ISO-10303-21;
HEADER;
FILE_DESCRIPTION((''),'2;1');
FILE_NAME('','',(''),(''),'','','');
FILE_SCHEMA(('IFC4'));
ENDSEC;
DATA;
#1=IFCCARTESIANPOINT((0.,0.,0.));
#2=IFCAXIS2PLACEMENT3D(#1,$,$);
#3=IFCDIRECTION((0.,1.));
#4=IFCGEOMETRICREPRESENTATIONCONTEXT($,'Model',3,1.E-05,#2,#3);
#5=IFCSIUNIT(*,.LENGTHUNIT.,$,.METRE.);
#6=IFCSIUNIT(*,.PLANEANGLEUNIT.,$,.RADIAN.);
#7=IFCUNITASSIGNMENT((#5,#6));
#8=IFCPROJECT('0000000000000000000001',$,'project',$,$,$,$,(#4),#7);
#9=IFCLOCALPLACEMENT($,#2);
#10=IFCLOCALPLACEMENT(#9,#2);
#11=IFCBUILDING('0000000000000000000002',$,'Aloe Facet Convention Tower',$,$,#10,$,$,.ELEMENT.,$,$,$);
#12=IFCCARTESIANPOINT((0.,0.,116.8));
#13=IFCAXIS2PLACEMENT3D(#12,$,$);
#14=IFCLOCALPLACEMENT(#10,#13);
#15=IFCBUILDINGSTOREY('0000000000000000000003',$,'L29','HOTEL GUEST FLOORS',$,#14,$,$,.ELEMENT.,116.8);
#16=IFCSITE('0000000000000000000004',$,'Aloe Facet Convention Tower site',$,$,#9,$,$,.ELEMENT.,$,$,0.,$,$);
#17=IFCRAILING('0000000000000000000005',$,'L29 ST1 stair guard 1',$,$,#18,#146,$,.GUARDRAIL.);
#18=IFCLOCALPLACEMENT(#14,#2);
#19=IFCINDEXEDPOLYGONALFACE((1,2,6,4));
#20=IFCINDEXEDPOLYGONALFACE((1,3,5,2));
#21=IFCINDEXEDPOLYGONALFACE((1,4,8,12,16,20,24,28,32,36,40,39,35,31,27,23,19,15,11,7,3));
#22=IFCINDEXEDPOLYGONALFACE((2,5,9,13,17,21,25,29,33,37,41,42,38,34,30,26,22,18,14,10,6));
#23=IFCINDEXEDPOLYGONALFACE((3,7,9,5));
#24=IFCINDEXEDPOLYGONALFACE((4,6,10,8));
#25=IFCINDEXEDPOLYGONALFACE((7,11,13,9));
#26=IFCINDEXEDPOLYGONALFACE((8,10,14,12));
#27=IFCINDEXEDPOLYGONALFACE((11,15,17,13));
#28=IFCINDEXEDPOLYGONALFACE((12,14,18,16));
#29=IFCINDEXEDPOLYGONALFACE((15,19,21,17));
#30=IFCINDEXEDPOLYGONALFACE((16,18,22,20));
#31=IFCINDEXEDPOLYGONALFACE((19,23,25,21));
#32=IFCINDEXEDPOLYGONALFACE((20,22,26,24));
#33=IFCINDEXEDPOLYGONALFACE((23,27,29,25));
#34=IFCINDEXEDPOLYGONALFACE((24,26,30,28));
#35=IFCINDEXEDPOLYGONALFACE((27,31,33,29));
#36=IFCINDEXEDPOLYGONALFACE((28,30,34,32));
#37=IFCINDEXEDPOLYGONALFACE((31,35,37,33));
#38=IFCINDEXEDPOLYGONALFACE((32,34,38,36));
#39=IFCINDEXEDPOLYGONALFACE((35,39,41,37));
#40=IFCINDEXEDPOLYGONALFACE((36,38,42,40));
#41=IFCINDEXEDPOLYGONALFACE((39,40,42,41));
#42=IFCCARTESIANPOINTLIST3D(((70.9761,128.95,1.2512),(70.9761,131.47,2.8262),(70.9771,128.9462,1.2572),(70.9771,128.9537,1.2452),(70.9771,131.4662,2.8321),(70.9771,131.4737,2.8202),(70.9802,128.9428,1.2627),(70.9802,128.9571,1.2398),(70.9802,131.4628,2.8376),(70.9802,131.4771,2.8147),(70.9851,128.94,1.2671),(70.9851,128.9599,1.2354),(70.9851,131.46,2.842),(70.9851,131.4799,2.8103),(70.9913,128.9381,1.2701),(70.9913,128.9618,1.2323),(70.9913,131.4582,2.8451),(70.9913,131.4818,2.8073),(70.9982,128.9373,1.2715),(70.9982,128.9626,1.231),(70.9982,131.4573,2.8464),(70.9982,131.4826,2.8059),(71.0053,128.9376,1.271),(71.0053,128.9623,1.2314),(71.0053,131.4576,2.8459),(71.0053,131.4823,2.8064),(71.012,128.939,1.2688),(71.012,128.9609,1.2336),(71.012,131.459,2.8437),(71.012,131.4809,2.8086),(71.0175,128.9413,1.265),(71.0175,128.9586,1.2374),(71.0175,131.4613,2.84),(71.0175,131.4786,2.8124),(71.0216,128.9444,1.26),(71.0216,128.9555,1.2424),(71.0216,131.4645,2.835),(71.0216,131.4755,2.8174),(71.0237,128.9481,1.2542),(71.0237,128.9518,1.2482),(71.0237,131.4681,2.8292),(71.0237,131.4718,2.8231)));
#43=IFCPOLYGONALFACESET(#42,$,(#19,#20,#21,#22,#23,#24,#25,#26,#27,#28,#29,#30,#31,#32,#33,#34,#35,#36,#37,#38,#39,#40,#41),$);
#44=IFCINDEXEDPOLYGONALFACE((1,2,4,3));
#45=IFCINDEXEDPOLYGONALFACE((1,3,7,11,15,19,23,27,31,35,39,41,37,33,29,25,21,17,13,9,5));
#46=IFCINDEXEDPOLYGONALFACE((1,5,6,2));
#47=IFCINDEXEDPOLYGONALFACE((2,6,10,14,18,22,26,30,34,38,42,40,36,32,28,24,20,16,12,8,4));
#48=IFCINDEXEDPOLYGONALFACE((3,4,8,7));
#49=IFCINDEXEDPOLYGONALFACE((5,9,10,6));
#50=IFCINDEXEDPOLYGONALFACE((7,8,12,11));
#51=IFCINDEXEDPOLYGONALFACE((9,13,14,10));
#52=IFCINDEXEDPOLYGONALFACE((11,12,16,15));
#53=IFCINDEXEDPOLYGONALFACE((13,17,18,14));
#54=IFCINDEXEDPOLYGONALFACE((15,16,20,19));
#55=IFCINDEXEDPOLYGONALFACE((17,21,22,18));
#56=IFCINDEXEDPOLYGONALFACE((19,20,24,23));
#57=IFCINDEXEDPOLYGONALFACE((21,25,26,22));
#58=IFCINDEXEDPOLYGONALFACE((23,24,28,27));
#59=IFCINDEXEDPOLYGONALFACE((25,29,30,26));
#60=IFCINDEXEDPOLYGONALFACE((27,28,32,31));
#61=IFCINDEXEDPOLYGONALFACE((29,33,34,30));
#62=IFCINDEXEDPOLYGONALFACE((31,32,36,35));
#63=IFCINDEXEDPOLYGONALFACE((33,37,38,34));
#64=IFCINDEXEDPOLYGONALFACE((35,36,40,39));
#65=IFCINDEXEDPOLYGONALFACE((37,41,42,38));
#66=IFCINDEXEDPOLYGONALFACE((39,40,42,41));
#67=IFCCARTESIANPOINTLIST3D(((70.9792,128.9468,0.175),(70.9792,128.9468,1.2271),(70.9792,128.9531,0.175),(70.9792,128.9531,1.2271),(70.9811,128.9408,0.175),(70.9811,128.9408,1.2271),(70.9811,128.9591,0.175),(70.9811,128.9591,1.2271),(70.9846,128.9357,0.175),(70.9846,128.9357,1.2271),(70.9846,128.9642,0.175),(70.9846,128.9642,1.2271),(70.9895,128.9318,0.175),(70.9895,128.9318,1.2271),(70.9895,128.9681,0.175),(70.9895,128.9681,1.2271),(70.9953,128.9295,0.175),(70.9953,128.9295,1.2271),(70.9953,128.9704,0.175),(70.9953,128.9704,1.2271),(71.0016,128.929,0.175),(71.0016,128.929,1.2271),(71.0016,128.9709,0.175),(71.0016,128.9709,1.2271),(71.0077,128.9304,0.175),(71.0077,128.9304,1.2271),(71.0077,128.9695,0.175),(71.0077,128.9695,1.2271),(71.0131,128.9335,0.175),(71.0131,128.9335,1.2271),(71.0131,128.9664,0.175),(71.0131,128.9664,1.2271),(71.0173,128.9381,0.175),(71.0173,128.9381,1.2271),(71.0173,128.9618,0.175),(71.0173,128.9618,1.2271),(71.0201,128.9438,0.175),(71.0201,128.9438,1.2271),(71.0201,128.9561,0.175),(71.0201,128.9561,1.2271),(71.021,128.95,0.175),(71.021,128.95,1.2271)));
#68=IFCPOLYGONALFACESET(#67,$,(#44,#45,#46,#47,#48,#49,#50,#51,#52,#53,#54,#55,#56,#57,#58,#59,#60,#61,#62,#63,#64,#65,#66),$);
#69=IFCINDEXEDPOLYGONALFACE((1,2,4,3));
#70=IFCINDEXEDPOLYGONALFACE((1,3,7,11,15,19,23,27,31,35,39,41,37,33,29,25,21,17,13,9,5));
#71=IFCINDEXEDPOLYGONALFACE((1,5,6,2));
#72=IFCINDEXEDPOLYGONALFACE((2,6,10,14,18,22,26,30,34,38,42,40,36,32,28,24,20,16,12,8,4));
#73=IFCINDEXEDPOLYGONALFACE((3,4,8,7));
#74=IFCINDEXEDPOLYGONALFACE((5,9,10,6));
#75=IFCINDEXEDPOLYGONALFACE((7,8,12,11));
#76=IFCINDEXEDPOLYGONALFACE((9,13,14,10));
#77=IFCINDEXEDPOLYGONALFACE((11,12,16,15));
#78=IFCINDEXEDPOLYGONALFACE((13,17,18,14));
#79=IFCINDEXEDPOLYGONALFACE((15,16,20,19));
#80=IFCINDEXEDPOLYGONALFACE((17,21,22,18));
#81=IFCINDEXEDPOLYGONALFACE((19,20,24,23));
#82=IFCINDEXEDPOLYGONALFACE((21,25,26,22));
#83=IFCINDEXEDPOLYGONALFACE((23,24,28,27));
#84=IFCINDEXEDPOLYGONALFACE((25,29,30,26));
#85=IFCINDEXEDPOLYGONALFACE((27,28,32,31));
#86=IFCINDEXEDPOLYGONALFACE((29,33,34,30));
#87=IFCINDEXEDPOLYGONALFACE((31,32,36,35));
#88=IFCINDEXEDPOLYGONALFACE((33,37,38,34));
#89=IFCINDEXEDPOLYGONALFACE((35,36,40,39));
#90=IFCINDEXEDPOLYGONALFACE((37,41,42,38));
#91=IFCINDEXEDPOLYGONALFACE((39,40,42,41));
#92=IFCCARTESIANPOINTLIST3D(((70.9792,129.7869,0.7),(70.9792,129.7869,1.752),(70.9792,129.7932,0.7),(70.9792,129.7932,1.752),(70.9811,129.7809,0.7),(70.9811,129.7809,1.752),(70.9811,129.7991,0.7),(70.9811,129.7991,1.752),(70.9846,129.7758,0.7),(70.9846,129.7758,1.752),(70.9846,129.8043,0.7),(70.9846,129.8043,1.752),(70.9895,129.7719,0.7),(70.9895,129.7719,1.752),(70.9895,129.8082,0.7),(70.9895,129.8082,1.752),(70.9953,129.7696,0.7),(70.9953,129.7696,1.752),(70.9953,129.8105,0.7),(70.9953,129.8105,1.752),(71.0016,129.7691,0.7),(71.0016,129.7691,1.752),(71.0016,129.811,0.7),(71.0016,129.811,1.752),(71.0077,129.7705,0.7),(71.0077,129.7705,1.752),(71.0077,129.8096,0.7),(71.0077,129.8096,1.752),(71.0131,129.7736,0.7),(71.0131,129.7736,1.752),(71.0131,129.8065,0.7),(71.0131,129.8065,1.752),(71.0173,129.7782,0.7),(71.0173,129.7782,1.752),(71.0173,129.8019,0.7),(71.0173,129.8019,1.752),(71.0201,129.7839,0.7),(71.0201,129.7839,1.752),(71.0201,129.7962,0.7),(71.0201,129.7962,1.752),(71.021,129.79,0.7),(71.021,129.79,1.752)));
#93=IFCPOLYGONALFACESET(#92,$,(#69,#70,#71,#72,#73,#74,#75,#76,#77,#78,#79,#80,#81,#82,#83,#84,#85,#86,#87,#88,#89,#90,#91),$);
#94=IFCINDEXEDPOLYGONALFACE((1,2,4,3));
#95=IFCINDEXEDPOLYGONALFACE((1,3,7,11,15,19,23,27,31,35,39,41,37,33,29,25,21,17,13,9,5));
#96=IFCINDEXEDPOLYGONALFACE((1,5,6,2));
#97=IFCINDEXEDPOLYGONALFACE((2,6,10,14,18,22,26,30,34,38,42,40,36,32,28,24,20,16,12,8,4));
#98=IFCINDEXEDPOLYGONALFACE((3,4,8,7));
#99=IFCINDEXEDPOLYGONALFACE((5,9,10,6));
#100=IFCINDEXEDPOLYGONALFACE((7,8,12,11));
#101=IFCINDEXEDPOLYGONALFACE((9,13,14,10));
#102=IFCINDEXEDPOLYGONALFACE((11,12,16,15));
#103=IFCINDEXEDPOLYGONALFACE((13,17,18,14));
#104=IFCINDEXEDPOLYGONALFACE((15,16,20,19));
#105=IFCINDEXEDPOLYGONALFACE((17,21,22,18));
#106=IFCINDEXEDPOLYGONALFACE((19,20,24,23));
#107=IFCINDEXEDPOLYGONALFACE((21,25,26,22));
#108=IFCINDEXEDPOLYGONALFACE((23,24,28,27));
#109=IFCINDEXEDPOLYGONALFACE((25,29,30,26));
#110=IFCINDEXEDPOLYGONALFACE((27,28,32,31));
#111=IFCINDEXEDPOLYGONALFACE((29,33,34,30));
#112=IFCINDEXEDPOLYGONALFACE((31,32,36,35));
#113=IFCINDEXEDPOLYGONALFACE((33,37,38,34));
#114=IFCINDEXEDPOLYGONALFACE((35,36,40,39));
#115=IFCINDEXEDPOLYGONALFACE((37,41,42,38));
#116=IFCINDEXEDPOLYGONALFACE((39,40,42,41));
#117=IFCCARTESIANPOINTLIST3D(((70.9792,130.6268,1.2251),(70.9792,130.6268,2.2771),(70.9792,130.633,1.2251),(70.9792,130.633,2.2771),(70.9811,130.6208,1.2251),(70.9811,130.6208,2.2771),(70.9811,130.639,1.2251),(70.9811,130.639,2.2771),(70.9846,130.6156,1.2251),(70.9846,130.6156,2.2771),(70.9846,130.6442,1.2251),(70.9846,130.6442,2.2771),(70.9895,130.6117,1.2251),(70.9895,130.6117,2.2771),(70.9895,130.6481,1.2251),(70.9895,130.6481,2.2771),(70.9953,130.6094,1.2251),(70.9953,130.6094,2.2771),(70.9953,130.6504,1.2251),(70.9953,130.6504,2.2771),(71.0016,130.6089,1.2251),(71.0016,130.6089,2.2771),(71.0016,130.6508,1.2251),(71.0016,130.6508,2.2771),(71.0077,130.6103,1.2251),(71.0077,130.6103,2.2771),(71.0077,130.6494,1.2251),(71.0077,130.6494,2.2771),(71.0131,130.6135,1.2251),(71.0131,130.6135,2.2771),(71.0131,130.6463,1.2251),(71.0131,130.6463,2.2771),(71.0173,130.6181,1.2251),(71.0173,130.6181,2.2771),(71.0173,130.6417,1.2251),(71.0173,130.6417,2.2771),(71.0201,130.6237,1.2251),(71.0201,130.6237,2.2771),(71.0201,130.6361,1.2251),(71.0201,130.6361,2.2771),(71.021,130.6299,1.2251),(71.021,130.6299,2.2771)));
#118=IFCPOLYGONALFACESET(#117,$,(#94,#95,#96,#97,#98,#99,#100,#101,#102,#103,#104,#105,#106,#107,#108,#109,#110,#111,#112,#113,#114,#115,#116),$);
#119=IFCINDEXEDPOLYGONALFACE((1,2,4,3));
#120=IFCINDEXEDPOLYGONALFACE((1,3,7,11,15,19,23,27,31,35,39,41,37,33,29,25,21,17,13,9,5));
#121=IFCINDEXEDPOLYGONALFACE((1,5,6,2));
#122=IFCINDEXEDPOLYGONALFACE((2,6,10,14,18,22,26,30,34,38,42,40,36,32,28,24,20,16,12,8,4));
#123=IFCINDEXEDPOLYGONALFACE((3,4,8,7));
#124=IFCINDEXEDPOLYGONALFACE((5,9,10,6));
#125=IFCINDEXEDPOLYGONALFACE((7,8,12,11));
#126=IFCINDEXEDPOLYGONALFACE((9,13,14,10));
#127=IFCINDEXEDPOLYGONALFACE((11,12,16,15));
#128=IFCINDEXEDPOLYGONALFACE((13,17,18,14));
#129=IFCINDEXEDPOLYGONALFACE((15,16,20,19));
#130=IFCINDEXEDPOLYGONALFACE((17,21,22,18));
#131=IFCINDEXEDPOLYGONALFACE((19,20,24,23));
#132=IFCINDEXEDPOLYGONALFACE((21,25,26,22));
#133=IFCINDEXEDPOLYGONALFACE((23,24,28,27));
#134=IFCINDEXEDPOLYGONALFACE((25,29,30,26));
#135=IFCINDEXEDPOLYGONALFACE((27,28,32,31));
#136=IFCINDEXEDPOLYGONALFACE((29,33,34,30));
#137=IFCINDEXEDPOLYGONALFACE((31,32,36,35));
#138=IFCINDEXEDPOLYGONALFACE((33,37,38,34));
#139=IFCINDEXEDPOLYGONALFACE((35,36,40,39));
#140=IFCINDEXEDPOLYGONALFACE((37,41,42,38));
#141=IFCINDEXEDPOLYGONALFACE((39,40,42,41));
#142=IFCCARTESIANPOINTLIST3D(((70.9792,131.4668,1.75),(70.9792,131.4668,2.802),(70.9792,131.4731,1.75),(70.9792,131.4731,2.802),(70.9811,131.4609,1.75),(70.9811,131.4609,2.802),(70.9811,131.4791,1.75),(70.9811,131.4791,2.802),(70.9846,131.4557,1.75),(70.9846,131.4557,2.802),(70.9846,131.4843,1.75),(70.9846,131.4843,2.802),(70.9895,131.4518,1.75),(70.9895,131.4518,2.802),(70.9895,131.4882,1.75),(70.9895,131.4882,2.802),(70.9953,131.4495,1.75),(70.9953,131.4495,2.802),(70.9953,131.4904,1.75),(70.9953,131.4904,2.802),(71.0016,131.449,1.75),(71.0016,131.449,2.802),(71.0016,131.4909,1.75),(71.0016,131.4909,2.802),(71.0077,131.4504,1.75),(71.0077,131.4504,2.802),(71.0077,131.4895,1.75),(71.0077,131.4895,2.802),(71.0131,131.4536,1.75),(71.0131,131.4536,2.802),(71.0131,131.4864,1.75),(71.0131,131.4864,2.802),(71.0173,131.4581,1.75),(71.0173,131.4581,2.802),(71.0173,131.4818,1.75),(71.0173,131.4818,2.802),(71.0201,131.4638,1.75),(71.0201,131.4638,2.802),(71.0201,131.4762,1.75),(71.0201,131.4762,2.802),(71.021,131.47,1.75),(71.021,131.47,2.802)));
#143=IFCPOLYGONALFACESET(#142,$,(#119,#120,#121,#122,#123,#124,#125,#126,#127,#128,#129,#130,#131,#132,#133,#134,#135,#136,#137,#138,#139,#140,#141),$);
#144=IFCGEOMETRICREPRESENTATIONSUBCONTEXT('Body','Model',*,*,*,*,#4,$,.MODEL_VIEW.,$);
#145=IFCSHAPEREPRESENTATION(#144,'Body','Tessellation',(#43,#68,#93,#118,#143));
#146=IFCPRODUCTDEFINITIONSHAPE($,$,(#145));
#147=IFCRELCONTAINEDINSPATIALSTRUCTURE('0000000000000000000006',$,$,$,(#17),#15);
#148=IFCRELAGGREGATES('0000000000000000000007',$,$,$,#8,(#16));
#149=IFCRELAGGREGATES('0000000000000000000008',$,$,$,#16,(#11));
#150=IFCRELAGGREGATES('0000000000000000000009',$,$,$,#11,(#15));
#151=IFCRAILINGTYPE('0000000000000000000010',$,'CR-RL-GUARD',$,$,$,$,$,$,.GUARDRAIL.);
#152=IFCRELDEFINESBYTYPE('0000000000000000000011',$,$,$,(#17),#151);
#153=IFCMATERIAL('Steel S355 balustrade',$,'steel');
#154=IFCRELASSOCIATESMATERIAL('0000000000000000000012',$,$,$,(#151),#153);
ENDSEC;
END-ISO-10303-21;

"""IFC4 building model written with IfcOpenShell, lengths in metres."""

from ifc_helpers import new_model, si_unit, direction, frame, origin, origin_2d, place, context, subcontext, project, spatial, circle, extrude, material, type_object, element, save


model = new_model("IFC4")

# Units and contexts
model_context = context("Model", 3, precision=1e-05, world=origin(), true_north=direction((0.0, 1.0)))
body_context = subcontext(model_context, "Body", "Model", "MODEL_VIEW")
ifc_project = project(units=[si_unit("LENGTHUNIT", "METRE"), si_unit("PLANEANGLEUNIT", "RADIAN")], contexts=[model_context])

# Site, building, storey
site_placement = place(None, origin())
site = spatial("IfcSite", under=ifc_project, at=site_placement, Name="Aloe Facet Convention Tower site", CompositionType="ELEMENT", RefElevation=0.0)
building_placement = place(site_placement, origin())
building = spatial("IfcBuilding", under=site, at=building_placement, Name="Aloe Facet Convention Tower", CompositionType="ELEMENT")
storey_placement = place(building_placement, frame((0.0, 0.0, 116.8)))
storey = spatial("IfcBuildingStorey", under=building, at=storey_placement, Name="L29", Description="HOTEL GUEST FLOORS", CompositionType="ELEMENT", Elevation=116.8)

# Railing
ifc_material_1 = material(Name="Steel S355 balustrade", Category="steel")
railing_type_1 = type_object("IfcRailingType", Name="CR-RL-GUARD", PredefinedType="GUARDRAIL", material=ifc_material_1)
railing_1_placement = place(storey_placement, frame((71.0, 128.95, 0.175)))
element("IfcRailing", 1, at=railing_1_placement, inside=storey, type_object=railing_type_1, Name="L29 ST1 stair guard 1", PredefinedType="GUARDRAIL", context=body_context, shape_type="SweptSolid", body=[
    extrude(circle(Radius=0.0239, at=origin_2d()), frame((0.0, 0.0, 1.0762), z_axis=(0.0, 0.848008, 0.529984), x_axis=(-1.0, 0.0, 0.0)), (0.0, 0.0, 1.0), 2.9717),
    extrude(circle(Radius=0.021, at=origin_2d()), origin(), (0.0, 0.0, 1.0), 1.052),
    extrude(circle(Radius=0.021, at=origin_2d()), frame((0.0, 0.8401, 0.5249)), (0.0, 0.0, 1.0), 1.052),
    extrude(circle(Radius=0.021, at=origin_2d()), frame((0.0, 1.6799, 1.05)), (0.0, 0.0, 1.0), 1.052),
    extrude(circle(Radius=0.021, at=origin_2d()), frame((0.0, 2.52, 1.575)), (0.0, 0.0, 1.0), 1.052),
])

save(model, "model.ifc")
